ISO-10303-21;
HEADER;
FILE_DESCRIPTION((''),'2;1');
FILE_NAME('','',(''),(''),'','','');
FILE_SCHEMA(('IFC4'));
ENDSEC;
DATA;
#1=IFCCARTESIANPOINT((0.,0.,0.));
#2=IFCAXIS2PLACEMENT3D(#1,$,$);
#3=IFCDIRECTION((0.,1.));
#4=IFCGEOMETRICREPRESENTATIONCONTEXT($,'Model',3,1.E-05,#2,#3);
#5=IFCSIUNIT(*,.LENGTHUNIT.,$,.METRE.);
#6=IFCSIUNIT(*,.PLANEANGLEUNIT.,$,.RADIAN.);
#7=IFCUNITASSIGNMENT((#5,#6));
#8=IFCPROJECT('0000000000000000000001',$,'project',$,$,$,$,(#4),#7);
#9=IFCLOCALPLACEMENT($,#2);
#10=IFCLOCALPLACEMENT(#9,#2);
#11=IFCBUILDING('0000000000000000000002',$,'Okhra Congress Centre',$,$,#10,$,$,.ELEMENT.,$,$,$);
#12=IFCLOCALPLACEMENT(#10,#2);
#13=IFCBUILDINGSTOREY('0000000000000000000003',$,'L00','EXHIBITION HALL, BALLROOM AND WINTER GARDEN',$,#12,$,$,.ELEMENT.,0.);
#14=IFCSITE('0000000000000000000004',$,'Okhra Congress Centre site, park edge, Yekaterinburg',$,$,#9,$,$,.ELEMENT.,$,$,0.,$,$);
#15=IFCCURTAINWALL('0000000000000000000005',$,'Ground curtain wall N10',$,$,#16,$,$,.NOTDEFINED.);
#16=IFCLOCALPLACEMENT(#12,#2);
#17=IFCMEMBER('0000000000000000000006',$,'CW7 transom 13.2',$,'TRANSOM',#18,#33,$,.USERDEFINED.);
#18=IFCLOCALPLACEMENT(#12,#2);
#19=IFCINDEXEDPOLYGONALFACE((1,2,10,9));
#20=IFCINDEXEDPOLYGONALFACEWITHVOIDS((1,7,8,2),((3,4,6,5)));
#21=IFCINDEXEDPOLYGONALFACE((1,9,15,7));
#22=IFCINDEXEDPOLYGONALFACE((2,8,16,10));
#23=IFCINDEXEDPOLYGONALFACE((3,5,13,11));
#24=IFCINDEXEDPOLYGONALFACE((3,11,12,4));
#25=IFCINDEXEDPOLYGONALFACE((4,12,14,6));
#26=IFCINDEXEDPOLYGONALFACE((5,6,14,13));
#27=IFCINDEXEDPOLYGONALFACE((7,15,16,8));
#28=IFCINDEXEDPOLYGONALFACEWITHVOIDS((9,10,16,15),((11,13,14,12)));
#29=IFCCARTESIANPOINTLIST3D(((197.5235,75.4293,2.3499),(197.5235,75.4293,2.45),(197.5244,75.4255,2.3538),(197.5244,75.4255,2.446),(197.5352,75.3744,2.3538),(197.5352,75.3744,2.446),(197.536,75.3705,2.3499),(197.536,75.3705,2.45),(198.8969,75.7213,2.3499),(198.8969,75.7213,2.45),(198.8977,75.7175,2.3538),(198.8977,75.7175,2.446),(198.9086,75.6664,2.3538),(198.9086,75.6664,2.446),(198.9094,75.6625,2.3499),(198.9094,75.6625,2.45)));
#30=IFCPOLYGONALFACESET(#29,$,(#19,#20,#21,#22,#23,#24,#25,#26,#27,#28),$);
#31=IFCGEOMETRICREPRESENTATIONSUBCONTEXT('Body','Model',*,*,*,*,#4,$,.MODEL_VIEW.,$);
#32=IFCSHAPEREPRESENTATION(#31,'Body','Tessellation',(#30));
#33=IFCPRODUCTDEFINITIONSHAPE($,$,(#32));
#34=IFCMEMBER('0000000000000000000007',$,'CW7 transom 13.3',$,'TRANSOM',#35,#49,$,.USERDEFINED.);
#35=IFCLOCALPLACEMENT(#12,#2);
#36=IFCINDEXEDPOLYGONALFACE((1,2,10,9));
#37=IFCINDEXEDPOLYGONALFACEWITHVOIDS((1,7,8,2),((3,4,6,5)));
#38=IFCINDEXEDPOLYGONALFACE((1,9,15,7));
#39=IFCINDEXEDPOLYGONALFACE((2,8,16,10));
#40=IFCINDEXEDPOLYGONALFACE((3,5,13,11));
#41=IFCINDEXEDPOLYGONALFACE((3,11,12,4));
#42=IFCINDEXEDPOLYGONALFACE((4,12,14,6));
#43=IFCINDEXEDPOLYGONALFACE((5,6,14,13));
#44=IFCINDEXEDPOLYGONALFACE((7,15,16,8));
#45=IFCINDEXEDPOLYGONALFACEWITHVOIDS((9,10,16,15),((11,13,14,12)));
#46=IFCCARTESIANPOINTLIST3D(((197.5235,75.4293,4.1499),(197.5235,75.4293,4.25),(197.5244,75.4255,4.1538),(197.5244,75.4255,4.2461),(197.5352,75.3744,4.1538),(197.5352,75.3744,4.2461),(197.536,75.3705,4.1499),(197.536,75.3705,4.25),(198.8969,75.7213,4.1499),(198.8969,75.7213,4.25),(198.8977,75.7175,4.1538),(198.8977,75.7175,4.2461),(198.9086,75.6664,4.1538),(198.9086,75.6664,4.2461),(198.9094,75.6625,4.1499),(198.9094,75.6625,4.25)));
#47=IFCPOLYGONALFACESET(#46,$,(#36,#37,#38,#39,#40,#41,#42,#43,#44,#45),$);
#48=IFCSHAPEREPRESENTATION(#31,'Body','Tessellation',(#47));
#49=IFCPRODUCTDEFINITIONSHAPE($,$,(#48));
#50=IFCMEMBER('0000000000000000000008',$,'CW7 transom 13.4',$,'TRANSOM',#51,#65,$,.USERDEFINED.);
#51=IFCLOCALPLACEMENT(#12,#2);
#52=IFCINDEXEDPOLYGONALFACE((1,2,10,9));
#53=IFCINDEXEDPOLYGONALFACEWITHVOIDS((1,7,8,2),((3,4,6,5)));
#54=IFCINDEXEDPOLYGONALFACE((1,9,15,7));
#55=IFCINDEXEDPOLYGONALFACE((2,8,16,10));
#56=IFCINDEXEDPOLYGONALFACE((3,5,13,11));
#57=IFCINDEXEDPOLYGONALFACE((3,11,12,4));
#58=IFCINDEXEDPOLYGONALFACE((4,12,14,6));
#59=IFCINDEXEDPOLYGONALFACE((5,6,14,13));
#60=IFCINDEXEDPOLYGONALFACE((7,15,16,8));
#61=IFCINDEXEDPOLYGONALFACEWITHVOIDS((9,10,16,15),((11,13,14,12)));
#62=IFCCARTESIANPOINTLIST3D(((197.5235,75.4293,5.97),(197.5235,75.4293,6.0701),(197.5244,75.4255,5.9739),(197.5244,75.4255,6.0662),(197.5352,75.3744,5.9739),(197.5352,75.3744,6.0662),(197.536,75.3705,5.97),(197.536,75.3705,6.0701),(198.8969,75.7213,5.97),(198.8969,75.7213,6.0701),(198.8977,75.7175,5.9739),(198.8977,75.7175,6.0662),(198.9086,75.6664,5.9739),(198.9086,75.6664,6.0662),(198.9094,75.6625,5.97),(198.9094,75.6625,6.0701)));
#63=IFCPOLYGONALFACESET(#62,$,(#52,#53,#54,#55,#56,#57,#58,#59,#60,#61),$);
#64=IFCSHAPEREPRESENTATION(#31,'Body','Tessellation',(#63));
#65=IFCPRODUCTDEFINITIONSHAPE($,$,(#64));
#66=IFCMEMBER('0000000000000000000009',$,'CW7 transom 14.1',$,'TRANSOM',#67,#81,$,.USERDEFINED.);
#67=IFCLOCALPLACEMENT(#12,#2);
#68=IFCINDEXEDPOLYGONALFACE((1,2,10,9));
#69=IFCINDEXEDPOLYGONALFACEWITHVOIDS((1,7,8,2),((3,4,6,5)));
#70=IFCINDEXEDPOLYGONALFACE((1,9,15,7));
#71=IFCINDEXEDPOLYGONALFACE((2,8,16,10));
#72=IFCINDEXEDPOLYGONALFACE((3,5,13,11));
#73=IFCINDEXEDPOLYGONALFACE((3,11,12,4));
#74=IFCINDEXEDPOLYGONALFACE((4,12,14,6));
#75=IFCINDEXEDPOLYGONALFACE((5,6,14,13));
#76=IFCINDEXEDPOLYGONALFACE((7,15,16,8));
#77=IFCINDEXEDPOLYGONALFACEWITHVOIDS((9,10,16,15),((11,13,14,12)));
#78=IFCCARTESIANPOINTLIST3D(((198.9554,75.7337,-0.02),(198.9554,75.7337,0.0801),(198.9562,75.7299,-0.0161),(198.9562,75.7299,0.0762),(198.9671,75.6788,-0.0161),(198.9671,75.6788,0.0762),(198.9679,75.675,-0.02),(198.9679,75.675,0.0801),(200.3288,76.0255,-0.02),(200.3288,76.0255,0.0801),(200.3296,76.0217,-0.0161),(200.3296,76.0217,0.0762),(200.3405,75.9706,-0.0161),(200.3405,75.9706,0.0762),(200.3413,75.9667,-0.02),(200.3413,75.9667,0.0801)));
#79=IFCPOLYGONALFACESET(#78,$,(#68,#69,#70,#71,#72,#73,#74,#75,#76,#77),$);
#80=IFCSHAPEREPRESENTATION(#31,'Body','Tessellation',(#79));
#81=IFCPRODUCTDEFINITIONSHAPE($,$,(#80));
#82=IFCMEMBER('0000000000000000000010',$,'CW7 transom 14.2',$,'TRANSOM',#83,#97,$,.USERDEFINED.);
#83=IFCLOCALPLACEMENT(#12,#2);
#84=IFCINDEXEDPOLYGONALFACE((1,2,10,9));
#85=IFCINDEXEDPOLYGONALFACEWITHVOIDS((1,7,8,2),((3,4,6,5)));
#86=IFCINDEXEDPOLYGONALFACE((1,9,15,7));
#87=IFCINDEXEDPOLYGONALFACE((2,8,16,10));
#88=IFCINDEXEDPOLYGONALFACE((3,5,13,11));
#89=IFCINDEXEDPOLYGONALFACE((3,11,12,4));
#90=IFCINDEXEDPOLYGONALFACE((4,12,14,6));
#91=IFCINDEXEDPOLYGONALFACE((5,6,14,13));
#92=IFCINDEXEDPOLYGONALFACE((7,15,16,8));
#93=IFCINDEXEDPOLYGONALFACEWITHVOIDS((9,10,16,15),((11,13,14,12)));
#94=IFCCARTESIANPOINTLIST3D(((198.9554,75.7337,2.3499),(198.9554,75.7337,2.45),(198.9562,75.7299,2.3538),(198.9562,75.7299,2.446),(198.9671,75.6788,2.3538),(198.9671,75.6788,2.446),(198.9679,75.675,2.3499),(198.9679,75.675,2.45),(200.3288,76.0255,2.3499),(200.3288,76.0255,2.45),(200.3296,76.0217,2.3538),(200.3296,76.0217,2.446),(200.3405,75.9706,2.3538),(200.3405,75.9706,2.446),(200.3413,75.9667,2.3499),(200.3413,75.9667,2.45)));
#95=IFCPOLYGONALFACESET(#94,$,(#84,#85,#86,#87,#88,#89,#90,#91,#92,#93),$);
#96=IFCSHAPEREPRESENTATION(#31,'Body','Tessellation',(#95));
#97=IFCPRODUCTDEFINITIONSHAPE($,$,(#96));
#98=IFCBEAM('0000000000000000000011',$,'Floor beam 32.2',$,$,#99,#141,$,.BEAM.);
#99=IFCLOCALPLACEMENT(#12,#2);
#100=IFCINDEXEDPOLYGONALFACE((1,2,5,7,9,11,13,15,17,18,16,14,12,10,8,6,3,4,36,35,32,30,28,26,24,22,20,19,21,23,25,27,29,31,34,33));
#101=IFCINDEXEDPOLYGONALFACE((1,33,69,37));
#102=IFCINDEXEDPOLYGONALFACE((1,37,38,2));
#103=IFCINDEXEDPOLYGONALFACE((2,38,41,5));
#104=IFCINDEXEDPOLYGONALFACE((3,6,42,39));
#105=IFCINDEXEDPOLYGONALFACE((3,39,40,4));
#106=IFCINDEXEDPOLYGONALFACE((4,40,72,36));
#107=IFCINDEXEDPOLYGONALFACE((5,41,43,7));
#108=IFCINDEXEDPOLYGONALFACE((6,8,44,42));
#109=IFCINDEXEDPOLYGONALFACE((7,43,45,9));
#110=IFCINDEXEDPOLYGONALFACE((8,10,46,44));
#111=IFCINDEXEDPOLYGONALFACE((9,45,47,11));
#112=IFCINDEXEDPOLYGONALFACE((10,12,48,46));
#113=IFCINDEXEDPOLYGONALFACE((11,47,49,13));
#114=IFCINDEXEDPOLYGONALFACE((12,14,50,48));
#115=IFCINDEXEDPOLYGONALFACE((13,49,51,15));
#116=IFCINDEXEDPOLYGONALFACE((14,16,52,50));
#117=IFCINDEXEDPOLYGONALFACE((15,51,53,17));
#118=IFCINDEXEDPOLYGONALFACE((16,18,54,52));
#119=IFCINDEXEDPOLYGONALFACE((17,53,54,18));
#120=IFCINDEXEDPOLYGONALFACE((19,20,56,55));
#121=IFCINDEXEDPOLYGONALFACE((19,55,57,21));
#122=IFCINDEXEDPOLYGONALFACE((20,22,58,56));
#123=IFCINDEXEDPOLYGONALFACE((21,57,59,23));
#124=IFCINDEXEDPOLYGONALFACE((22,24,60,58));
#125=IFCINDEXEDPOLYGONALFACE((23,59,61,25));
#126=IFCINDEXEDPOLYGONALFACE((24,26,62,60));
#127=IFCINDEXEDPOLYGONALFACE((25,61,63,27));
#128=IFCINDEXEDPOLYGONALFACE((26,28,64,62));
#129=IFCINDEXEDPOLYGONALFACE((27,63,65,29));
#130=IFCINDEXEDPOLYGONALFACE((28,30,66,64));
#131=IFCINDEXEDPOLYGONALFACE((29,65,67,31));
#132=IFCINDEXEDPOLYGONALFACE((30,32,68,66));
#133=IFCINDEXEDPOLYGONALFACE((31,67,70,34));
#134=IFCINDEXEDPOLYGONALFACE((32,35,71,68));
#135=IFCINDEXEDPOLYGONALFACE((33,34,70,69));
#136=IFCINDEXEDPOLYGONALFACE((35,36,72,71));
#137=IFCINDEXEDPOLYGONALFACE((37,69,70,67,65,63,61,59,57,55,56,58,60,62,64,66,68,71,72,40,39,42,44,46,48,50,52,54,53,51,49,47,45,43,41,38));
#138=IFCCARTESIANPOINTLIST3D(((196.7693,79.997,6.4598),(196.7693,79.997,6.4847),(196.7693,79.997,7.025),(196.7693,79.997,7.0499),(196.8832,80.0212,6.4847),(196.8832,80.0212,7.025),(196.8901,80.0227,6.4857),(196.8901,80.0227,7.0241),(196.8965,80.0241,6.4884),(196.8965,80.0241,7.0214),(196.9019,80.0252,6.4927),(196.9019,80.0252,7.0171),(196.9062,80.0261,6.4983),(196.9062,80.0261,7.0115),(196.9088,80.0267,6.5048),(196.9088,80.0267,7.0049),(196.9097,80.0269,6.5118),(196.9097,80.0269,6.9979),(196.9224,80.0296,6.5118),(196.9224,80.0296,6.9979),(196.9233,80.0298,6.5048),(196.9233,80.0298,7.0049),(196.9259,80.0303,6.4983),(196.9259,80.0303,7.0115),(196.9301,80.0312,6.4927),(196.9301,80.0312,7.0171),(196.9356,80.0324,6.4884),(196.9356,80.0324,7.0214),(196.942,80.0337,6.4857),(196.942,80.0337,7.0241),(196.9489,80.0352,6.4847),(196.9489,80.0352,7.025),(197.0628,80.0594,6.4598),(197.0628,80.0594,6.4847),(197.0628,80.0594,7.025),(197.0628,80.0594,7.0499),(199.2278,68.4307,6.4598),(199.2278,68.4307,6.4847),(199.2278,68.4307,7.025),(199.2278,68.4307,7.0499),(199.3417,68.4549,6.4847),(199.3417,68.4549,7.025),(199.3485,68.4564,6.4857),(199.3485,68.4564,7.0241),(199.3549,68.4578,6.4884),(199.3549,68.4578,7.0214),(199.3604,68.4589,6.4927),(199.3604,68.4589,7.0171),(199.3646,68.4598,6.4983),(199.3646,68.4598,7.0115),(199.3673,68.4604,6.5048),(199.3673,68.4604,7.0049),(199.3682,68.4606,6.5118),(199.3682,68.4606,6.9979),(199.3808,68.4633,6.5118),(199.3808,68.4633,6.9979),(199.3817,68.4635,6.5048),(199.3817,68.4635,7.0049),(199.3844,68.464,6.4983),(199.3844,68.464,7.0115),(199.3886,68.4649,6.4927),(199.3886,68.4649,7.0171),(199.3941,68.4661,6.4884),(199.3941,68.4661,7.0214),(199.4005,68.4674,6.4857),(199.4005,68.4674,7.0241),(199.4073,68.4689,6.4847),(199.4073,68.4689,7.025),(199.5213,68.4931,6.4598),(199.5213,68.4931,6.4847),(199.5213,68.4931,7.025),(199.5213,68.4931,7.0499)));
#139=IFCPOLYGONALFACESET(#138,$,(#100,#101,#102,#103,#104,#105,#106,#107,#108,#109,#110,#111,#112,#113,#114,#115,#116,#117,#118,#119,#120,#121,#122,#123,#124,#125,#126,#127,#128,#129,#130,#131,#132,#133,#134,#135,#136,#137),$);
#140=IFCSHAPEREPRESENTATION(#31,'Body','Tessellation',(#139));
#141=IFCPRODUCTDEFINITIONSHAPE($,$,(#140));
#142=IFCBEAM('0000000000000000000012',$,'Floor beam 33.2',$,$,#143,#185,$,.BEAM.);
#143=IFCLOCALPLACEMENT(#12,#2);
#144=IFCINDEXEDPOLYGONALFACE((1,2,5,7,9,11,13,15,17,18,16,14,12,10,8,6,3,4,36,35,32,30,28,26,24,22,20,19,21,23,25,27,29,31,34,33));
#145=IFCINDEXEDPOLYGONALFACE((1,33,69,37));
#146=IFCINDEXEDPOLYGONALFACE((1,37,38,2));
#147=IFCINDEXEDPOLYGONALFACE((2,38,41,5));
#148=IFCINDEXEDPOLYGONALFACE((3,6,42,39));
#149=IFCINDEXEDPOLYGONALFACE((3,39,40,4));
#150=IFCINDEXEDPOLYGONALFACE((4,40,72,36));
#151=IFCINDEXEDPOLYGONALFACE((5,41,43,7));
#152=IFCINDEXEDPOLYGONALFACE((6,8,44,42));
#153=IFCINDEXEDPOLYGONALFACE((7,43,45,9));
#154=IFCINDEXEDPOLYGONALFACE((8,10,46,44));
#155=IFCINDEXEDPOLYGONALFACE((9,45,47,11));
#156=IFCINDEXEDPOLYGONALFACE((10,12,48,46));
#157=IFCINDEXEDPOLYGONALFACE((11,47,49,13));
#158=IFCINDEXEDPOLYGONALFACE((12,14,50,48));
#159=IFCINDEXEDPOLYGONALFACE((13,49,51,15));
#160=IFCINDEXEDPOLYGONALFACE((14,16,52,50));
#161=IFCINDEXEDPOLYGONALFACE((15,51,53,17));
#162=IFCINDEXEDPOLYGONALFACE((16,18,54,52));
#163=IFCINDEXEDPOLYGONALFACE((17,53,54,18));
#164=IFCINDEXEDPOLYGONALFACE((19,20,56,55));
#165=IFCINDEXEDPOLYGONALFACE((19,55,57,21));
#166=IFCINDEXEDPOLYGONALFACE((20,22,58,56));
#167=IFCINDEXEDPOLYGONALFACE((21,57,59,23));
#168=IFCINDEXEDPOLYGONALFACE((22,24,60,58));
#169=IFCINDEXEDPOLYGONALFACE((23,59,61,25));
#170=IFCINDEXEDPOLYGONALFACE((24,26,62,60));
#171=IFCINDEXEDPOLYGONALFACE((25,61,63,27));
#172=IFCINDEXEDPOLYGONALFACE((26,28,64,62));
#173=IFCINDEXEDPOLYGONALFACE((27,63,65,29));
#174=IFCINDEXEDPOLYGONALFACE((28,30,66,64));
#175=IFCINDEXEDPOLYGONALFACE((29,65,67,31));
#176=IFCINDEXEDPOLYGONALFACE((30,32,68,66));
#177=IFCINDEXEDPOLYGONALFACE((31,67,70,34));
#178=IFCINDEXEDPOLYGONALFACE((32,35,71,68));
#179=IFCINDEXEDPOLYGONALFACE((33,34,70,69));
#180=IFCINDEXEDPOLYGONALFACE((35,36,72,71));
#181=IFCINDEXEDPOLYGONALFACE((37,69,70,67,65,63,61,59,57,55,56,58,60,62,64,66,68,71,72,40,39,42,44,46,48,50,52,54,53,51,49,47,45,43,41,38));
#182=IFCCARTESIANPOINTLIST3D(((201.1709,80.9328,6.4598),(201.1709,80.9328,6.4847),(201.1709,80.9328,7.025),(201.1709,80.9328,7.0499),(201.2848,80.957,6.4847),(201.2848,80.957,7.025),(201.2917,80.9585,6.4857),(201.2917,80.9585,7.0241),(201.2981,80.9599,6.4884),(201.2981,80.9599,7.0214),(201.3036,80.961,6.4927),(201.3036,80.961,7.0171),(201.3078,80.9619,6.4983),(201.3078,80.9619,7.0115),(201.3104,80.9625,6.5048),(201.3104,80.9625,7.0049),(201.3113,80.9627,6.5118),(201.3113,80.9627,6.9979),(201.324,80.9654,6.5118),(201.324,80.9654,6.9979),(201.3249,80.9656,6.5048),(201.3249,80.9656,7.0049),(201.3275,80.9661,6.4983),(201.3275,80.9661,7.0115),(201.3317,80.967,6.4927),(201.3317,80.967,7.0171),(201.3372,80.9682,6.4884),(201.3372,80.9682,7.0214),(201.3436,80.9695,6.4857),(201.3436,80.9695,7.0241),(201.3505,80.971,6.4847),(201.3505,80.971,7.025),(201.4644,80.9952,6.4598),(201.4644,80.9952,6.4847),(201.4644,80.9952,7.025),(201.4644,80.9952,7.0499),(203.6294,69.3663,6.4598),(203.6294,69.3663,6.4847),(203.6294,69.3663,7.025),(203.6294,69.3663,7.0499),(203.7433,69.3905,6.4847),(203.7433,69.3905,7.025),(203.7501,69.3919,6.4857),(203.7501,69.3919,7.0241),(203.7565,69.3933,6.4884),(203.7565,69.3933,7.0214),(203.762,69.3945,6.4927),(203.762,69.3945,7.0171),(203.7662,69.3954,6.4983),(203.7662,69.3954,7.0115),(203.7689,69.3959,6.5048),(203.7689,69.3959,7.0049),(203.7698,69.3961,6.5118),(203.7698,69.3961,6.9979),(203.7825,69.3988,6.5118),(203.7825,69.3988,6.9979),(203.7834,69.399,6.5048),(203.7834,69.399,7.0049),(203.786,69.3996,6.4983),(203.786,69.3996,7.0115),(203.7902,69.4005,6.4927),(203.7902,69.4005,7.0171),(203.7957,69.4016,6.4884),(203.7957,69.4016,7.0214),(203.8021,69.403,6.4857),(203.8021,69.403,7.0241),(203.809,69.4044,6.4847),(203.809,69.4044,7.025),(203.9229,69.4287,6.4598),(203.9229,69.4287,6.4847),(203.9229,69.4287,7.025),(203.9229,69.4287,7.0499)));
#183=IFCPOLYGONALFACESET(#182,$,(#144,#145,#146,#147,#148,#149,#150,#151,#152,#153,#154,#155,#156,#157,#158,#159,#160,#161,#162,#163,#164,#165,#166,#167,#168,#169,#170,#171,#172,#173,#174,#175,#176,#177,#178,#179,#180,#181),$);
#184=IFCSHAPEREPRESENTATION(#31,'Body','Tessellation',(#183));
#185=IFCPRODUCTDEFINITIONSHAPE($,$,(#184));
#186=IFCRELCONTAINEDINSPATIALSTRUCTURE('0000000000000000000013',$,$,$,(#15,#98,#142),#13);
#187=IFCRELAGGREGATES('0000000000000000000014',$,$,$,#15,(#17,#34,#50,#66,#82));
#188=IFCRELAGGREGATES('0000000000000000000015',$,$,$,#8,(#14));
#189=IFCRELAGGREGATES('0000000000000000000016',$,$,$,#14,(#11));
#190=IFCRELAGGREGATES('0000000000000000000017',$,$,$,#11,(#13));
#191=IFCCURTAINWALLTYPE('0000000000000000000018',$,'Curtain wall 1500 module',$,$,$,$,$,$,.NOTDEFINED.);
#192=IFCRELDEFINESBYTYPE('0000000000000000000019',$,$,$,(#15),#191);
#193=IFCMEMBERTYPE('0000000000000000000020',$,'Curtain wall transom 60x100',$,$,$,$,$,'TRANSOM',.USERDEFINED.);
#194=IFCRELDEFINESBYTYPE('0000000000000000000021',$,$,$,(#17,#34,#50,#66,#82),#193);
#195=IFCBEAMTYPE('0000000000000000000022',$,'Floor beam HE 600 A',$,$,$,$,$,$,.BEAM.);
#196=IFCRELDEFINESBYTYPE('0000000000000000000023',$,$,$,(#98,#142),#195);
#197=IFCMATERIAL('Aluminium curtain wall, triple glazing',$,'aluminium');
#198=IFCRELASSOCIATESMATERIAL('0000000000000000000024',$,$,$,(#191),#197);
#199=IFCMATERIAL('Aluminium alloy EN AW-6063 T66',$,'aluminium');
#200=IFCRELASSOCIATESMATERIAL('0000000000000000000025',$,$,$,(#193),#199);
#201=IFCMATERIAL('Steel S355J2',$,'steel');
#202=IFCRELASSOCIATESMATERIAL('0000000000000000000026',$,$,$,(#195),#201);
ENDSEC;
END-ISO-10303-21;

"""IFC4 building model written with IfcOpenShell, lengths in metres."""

from ifc_helpers import new_model, si_unit, direction, frame, origin, origin_2d, place, context, subcontext, project, spatial, hollow_rectangle, i_section, extrude, material, material_profile, profile_set, type_object, element, aggregate, save


model = new_model("IFC4")

# Units and contexts
model_context = context("Model", 3, precision=1e-05, world=origin(), true_north=direction((0.0, 1.0)))
body_context = subcontext(model_context, "Body", "Model", "MODEL_VIEW")
ifc_project = project(units=[si_unit("LENGTHUNIT", "METRE"), si_unit("PLANEANGLEUNIT", "RADIAN")], contexts=[model_context])

# Site, building, storey
site_placement = place(None, origin())
site = spatial("IfcSite", under=ifc_project, at=site_placement, Name="Okhra Congress Centre site, park edge, Yekaterinburg", CompositionType="ELEMENT", RefElevation=0.0)
building_placement = place(site_placement, origin())
building = spatial("IfcBuilding", under=site, at=building_placement, Name="Okhra Congress Centre", CompositionType="ELEMENT")
storey_placement = place(building_placement, origin())
storey = spatial("IfcBuildingStorey", under=building, at=storey_placement, Name="L00", Description="EXHIBITION HALL, BALLROOM AND WINTER GARDEN", CompositionType="ELEMENT", Elevation=0.0)

# Curtain wall, members
ifc_material_1 = material(Name="Aluminium curtain wall, triple glazing", Category="aluminium")
curtain_wall_type = type_object("IfcCurtainWallType", Name="Curtain wall 1500 module", PredefinedType="NOTDEFINED", material=ifc_material_1)
curtain_wall_placement = place(storey_placement, origin())
curtain_wall = element("IfcCurtainWall", 1, at=curtain_wall_placement, inside=storey, type_object=curtain_wall_type, Name="Ground curtain wall N10", PredefinedType="NOTDEFINED")
ifc_material_2 = material(Name="Aluminium alloy EN AW-6063 T66", Category="aluminium")
ifc_material_profile_1 = material_profile(ifc_material_2, hollow_rectangle(XDim=0.0601, YDim=0.1001, WallThickness=0.0039, at=origin_2d()), Name="RHS 60x100x4")
ifc_profile_set_1 = profile_set([ifc_material_profile_1], Name="Aluminium alloy EN AW-6063 T66")
member_type_1 = type_object("IfcMemberType", Name="Curtain wall transom 60x100", ElementType="TRANSOM", PredefinedType="USERDEFINED", material=ifc_profile_set_1)
member_1_placement = place(storey_placement, frame((197.5298, 75.3999, 2.3999), z_axis=(0.978135, 0.207973, 0.0), x_axis=(-0.207973, 0.978135, 0.0)))
member_1 = element("IfcMember", 2, at=member_1_placement, type_object=member_type_1, Name="CW7 transom 13.2", ObjectType="TRANSOM", PredefinedType="USERDEFINED", context=body_context, shape_type="SweptSolid", body=[
    extrude(hollow_rectangle(XDim=0.0601, YDim=0.1001, WallThickness=0.0039, at=origin_2d()), origin(), (0.0, 0.0, 1.0), 1.4041),
])
member_2_placement = place(storey_placement, frame((197.5298, 75.3999, 4.2), z_axis=(0.978135, 0.207973, 0.0), x_axis=(-0.207973, 0.978135, 0.0)))
member_2 = element("IfcMember", 3, at=member_2_placement, type_object=member_type_1, Name="CW7 transom 13.3", ObjectType="TRANSOM", PredefinedType="USERDEFINED", context=body_context, shape_type="SweptSolid", body=[
    extrude(hollow_rectangle(XDim=0.0601, YDim=0.1001, WallThickness=0.0039, at=origin_2d()), origin(), (0.0, 0.0, 1.0), 1.4041),
])
member_3_placement = place(storey_placement, frame((197.5298, 75.3999, 6.02), z_axis=(0.978135, 0.207973, 0.0), x_axis=(-0.207973, 0.978135, 0.0)))
member_3 = element("IfcMember", 4, at=member_3_placement, type_object=member_type_1, Name="CW7 transom 13.4", ObjectType="TRANSOM", PredefinedType="USERDEFINED", context=body_context, shape_type="SweptSolid", body=[
    extrude(hollow_rectangle(XDim=0.0601, YDim=0.1001, WallThickness=0.0039, at=origin_2d()), origin(), (0.0, 0.0, 1.0), 1.4041),
])
member_4_placement = place(storey_placement, frame((198.9617, 75.7043, 0.03), z_axis=(0.97817, 0.207807, 0.0), x_axis=(-0.207807, 0.97817, 0.0)))
member_4 = element("IfcMember", 5, at=member_4_placement, type_object=member_type_1, Name="CW7 transom 14.1", ObjectType="TRANSOM", PredefinedType="USERDEFINED", context=body_context, shape_type="SweptSolid", body=[
    extrude(hollow_rectangle(XDim=0.0601, YDim=0.1001, WallThickness=0.0039, at=origin_2d()), origin(), (0.0, 0.0, 1.0), 1.4041),
])
member_5_placement = place(storey_placement, frame((198.9617, 75.7043, 2.3999), z_axis=(0.97817, 0.207807, 0.0), x_axis=(-0.207807, 0.97817, 0.0)))
member_5 = element("IfcMember", 6, at=member_5_placement, type_object=member_type_1, Name="CW7 transom 14.2", ObjectType="TRANSOM", PredefinedType="USERDEFINED", context=body_context, shape_type="SweptSolid", body=[
    extrude(hollow_rectangle(XDim=0.0601, YDim=0.1001, WallThickness=0.0039, at=origin_2d()), origin(), (0.0, 0.0, 1.0), 1.4041),
])

# Beams
ifc_material_3 = material(Name="Steel S355J2", Category="steel")
ifc_material_profile_2 = material_profile(ifc_material_3, i_section(OverallWidth=0.3, OverallDepth=0.5901, WebThickness=0.0129, FlangeThickness=0.0249, FilletRadius=0.0271, at=origin_2d()), Name="HE 600 A")
ifc_profile_set_2 = profile_set([ifc_material_profile_2], Name="Steel S355J2")
beam_type = type_object("IfcBeamType", Name="Floor beam HE 600 A", PredefinedType="BEAM", material=ifc_profile_set_2)
beam_1_placement = place(storey_placement, frame((199.3745, 68.4619, 6.7549), z_axis=(-0.20791, 0.978148, 0.0), x_axis=(-0.978148, -0.20791, 0.0)))
element("IfcBeam", 7, at=beam_1_placement, inside=storey, type_object=beam_type, Name="Floor beam 32.2", PredefinedType="BEAM", context=body_context, shape_type="SweptSolid", body=[
    extrude(i_section(OverallWidth=0.3, OverallDepth=0.5901, WebThickness=0.0129, FlangeThickness=0.0249, FilletRadius=0.0271, at=origin_2d()), origin(), (0.0, 0.0, 1.0), 11.8247),
])
beam_2_placement = place(storey_placement, frame((203.7761, 69.3975, 6.7549), z_axis=(-0.207906, 0.978149, 0.0), x_axis=(-0.978149, -0.207906, 0.0)))
element("IfcBeam", 8, at=beam_2_placement, inside=storey, type_object=beam_type, Name="Floor beam 33.2", PredefinedType="BEAM", context=body_context, shape_type="SweptSolid", body=[
    extrude(i_section(OverallWidth=0.3, OverallDepth=0.5901, WebThickness=0.0129, FlangeThickness=0.0249, FilletRadius=0.0271, at=origin_2d()), origin(), (0.0, 0.0, 1.0), 11.825),
])

aggregate(curtain_wall, [member_1, member_2, member_3, member_4, member_5])

save(model, "model.ifc")
